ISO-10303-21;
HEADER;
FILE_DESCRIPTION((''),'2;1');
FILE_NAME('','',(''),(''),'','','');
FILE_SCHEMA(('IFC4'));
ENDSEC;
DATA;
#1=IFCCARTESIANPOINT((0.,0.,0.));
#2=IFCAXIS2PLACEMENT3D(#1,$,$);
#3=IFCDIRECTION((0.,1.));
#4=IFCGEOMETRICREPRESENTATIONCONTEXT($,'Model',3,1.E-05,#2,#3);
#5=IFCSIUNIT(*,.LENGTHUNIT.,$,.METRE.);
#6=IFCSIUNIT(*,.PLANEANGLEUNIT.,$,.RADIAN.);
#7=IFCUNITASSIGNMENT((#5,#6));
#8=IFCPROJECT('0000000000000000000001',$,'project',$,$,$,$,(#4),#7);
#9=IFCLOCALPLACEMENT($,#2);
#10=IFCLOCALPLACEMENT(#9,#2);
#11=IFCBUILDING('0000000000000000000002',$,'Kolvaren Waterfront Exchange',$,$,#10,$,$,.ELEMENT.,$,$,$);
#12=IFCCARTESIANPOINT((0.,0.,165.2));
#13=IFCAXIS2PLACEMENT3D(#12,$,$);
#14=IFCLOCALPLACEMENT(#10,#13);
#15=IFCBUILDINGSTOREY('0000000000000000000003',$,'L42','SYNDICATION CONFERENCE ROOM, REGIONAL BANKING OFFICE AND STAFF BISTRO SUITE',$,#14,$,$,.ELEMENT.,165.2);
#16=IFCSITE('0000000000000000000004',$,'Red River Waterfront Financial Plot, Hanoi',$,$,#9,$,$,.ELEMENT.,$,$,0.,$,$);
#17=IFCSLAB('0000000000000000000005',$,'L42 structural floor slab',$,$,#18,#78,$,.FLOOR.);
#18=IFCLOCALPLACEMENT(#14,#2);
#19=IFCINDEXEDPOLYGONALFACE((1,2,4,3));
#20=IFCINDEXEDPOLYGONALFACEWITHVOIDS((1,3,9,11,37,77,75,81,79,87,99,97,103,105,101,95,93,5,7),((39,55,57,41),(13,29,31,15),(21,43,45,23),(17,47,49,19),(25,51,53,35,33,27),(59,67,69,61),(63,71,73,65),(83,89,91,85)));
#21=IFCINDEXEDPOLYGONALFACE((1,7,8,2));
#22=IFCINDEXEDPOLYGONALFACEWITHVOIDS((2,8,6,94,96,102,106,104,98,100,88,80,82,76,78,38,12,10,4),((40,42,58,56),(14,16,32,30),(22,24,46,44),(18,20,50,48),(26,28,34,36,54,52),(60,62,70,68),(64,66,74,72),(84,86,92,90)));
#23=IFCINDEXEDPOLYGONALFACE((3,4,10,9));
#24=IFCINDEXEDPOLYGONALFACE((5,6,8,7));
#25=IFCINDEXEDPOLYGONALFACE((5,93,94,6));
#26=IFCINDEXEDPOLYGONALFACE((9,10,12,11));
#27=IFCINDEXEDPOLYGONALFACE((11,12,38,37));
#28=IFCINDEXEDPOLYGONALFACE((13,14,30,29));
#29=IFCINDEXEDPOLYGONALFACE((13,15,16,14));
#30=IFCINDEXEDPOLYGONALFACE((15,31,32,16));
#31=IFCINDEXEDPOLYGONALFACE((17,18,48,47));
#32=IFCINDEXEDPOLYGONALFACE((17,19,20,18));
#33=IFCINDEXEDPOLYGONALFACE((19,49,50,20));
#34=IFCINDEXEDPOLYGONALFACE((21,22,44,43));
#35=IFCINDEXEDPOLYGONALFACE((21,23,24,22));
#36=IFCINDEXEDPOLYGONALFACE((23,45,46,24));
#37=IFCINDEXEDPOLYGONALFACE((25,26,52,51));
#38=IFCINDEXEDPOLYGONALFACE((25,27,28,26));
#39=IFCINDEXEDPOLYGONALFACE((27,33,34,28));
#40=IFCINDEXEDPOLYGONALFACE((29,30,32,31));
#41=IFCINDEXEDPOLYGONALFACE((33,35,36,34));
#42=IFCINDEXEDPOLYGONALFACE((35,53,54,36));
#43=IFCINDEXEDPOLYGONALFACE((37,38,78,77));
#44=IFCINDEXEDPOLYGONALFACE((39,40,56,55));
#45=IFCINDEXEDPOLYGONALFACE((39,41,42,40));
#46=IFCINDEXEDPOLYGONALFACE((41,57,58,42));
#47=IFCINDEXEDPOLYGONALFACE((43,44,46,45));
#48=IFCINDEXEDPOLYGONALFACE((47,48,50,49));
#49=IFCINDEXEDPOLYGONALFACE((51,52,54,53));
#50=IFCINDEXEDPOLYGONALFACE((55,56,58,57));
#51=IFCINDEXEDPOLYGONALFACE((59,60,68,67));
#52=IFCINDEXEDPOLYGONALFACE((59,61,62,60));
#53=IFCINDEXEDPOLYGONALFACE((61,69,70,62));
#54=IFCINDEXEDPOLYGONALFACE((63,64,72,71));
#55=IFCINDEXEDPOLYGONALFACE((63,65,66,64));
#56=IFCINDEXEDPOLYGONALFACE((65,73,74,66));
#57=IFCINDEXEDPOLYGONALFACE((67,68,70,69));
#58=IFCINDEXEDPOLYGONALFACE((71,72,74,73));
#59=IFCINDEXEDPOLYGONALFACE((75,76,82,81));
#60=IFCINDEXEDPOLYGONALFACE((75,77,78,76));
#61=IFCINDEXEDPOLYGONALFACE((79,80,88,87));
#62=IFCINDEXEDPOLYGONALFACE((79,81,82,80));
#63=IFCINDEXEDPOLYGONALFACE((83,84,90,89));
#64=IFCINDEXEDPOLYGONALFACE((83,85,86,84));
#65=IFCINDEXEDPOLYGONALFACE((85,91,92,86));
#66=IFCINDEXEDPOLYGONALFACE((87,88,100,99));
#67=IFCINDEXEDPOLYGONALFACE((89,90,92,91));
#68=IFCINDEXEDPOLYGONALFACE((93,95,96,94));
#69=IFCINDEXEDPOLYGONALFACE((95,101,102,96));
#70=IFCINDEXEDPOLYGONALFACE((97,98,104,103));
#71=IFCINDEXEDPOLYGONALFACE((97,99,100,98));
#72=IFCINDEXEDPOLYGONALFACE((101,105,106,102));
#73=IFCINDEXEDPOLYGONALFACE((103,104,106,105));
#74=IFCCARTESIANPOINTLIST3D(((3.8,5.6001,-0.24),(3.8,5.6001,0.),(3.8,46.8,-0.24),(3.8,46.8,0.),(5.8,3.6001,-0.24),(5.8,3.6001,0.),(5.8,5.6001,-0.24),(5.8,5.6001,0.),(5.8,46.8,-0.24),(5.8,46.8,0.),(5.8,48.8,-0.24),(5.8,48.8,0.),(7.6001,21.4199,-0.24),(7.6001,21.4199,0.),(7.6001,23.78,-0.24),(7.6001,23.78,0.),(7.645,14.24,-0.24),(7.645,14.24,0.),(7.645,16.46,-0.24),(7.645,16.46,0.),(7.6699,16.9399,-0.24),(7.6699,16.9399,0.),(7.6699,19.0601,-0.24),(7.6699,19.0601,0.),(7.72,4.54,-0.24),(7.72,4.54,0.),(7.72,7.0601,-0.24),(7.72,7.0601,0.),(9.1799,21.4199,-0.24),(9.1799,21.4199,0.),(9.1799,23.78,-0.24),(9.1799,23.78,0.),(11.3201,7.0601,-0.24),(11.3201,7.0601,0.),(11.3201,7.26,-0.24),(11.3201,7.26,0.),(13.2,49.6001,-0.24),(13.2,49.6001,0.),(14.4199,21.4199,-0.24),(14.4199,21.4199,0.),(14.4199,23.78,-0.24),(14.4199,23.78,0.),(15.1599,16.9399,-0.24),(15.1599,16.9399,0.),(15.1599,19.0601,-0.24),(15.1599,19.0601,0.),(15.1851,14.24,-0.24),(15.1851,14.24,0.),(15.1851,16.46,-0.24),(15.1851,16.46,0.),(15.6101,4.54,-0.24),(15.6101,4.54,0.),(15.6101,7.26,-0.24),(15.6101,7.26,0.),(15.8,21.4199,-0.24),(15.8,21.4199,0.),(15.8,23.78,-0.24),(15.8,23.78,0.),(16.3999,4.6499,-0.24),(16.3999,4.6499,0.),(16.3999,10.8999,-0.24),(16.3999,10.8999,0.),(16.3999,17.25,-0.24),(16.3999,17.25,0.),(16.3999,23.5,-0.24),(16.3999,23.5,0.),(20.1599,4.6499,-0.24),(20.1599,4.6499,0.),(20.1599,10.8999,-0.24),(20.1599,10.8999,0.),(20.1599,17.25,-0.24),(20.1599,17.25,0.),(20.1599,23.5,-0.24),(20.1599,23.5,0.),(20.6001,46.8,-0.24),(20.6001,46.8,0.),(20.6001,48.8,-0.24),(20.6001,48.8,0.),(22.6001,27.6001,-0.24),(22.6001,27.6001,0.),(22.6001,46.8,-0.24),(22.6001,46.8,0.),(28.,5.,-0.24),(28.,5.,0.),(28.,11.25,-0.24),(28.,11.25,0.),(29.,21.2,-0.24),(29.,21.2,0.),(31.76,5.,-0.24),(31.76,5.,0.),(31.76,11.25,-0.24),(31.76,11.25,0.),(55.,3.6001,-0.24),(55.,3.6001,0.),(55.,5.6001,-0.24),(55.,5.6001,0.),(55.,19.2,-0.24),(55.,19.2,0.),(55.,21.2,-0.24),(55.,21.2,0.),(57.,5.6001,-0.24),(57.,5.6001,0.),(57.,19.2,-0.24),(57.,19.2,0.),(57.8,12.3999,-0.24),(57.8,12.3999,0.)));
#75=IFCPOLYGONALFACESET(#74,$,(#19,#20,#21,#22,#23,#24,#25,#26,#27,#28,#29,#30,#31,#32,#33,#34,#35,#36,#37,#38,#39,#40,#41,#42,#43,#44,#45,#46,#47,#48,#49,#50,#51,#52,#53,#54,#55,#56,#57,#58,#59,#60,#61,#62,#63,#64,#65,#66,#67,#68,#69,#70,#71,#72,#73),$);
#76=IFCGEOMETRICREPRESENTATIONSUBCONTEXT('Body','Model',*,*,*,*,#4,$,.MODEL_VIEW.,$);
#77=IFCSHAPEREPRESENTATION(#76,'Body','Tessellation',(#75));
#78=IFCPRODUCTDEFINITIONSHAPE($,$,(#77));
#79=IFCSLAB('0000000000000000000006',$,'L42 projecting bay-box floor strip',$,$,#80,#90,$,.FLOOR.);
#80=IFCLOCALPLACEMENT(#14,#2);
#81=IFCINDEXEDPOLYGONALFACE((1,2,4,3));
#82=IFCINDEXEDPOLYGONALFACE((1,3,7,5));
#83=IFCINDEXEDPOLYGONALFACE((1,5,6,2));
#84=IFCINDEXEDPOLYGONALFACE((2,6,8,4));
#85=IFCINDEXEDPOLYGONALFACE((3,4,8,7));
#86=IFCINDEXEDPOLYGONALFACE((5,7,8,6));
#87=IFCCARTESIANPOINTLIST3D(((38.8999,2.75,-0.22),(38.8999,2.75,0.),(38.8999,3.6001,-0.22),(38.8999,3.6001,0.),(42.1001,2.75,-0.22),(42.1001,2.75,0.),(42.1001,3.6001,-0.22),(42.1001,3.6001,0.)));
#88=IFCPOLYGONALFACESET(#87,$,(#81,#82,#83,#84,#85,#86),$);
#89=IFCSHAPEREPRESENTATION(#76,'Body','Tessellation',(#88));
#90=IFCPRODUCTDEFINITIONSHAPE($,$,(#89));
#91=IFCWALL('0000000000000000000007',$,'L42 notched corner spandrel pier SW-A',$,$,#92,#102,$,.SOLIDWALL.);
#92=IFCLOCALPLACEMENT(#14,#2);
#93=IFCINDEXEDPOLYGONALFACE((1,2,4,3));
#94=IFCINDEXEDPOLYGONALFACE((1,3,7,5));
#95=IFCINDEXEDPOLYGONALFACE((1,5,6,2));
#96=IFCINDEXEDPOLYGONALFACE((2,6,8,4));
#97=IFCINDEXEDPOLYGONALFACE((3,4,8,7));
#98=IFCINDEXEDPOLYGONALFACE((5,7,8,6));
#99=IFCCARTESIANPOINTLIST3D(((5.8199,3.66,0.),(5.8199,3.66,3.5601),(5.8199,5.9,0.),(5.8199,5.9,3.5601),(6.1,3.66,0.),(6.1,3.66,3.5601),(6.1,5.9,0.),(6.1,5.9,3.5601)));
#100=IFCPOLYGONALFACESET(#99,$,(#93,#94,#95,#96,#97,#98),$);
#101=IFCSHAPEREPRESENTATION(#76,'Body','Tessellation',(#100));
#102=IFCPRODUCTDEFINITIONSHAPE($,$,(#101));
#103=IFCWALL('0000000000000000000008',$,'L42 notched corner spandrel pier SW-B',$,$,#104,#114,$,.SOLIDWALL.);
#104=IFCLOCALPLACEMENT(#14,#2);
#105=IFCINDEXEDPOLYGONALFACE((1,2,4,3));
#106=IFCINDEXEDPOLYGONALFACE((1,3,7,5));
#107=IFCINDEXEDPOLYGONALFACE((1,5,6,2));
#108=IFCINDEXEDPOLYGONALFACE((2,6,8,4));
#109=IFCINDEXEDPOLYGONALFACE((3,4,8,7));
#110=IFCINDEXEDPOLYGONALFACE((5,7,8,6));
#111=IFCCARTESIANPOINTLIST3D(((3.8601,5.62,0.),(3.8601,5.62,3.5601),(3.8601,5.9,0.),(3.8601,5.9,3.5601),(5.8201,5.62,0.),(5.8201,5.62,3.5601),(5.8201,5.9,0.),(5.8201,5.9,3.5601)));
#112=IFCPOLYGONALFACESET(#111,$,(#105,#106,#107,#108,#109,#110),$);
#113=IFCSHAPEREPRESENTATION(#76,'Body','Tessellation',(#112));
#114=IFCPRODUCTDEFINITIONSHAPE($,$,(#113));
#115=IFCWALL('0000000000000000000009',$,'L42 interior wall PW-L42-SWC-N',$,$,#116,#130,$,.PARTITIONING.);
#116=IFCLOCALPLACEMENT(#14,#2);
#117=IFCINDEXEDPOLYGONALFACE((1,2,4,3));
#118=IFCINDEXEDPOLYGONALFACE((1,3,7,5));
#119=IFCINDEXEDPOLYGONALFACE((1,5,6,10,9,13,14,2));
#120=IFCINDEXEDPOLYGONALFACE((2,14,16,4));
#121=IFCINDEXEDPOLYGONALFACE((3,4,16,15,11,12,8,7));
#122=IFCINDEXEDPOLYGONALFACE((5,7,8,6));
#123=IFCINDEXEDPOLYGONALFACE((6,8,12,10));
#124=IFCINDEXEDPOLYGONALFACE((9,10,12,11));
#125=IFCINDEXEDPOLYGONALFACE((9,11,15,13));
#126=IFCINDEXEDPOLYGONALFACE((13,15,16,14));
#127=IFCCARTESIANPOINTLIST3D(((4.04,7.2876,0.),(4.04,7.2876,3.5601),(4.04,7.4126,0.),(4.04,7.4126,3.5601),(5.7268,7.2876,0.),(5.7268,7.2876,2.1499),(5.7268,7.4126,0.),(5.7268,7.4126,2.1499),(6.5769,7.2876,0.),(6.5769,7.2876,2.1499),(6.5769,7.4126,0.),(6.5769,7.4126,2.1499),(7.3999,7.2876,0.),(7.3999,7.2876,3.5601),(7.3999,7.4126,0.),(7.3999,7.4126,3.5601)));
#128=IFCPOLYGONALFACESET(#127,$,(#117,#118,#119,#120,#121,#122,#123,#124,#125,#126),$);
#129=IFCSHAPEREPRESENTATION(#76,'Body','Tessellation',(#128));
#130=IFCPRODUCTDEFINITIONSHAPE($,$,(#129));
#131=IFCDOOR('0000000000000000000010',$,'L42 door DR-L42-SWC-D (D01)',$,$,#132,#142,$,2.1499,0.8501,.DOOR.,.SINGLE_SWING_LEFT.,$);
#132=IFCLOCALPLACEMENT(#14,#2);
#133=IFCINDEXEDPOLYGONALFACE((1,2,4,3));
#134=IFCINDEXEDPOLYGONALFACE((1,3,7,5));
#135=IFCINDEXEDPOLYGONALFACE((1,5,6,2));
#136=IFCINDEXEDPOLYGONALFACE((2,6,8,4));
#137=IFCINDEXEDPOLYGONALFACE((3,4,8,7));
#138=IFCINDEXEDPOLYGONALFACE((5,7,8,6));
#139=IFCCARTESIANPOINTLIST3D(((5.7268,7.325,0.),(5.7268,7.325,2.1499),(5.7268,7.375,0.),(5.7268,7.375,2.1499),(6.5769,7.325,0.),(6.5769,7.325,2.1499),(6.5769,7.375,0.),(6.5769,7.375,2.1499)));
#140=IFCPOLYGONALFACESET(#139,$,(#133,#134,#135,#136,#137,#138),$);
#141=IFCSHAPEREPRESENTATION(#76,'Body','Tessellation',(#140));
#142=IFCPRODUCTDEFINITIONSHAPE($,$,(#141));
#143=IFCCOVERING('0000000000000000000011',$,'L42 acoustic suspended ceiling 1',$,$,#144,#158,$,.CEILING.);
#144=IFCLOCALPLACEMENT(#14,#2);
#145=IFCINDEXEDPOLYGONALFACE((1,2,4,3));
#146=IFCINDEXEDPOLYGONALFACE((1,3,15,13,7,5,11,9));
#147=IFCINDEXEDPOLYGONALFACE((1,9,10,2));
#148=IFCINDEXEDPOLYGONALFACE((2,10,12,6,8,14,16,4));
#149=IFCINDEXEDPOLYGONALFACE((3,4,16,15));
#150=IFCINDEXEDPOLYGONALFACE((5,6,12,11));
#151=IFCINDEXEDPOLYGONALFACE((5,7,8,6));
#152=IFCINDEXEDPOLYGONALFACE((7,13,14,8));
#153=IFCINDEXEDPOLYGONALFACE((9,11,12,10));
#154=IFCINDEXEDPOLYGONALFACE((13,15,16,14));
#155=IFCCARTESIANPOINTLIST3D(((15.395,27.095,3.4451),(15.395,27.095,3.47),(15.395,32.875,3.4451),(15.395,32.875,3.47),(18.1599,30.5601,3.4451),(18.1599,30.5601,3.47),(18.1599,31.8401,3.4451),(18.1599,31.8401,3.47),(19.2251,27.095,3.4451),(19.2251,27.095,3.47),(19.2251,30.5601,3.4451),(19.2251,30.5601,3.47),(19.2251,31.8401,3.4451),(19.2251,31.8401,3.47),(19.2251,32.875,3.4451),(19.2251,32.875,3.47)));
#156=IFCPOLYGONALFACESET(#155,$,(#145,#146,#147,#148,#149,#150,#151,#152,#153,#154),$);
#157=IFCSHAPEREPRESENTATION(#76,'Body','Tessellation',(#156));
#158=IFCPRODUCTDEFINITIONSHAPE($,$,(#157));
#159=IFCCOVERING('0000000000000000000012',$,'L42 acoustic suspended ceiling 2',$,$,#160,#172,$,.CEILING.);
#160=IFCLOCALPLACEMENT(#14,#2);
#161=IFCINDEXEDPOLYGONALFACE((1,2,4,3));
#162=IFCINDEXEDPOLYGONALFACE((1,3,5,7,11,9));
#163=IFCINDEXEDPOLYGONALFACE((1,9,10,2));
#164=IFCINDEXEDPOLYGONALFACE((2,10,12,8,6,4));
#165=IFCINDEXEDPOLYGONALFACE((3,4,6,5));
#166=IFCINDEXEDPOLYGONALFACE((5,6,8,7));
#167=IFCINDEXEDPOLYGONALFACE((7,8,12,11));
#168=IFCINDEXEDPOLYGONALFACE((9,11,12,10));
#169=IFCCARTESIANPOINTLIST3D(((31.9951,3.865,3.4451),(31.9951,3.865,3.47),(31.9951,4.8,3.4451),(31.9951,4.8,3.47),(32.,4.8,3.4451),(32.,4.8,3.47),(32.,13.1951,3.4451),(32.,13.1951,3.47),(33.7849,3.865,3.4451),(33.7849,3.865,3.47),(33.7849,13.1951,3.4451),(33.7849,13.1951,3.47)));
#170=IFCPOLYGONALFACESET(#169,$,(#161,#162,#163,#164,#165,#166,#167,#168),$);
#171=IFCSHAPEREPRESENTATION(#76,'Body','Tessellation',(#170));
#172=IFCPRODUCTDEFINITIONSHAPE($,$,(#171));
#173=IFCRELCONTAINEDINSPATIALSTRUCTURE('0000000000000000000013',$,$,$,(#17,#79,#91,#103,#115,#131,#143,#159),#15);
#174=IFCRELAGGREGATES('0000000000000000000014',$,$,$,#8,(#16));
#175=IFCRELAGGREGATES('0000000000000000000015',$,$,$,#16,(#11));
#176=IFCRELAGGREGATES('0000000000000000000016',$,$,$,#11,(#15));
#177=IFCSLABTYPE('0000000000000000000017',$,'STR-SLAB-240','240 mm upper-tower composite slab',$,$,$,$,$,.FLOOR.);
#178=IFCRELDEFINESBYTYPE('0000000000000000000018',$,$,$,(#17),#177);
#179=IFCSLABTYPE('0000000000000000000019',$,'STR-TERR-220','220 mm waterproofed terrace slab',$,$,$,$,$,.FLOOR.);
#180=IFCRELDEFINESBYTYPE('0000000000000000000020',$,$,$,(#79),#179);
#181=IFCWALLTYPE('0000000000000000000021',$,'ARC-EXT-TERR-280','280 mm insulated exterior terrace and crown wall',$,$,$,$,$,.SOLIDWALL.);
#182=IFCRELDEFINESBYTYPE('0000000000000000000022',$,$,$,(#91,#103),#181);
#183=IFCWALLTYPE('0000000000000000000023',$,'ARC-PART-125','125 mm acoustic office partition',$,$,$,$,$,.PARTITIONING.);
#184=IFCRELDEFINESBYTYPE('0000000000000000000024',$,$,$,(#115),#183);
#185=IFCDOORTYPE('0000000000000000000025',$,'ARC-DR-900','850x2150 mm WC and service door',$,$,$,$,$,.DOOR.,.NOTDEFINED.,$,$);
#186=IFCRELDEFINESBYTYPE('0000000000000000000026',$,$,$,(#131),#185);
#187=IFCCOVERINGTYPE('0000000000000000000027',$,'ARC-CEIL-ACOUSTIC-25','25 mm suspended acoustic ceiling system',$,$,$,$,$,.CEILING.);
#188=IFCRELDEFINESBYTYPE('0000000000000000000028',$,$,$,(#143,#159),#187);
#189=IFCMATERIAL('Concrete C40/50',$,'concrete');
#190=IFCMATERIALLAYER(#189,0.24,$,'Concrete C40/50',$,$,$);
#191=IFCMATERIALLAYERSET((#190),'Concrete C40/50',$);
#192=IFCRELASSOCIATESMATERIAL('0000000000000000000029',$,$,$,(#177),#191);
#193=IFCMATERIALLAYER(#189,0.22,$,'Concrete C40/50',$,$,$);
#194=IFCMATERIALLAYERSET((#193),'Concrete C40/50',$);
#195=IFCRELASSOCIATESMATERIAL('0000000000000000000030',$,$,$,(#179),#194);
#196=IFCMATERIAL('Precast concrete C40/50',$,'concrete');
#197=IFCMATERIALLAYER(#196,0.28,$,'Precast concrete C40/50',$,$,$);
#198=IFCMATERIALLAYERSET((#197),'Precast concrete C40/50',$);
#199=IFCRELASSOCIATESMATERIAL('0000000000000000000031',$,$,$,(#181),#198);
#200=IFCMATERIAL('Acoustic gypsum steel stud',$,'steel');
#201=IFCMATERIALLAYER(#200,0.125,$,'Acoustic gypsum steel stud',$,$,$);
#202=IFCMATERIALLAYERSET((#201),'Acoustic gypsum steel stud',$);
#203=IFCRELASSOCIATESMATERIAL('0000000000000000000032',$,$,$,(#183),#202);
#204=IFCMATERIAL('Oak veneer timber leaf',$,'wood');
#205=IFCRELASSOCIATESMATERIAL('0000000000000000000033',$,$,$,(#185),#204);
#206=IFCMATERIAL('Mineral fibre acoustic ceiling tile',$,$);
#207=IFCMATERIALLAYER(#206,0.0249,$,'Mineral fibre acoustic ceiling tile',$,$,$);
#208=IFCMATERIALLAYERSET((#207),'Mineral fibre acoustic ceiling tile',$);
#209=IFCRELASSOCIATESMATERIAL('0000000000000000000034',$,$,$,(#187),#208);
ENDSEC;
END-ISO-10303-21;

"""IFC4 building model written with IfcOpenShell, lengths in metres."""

from ifc_helpers import new_model, si_unit, direction, frame, frame_2d, origin, place, context, subcontext, project, spatial, polyline, rectangle, outline, extrude, material, layer, layer_set, type_object, element, fill, save


model = new_model("IFC4")

# Units and contexts
model_context = context("Model", 3, precision=1e-05, world=origin(), true_north=direction((0.0, 1.0)))
body_context = subcontext(model_context, "Body", "Model", "MODEL_VIEW")
ifc_project = project(units=[si_unit("LENGTHUNIT", "METRE"), si_unit("PLANEANGLEUNIT", "RADIAN")], contexts=[model_context])

# Site, building, storey
site_placement = place(None, origin())
site = spatial("IfcSite", under=ifc_project, at=site_placement, Name="Red River Waterfront Financial Plot, Hanoi", CompositionType="ELEMENT", RefElevation=0.0)
building_placement = place(site_placement, origin())
building = spatial("IfcBuilding", under=site, at=building_placement, Name="Kolvaren Waterfront Exchange", CompositionType="ELEMENT")
storey_placement = place(building_placement, frame((0.0, 0.0, 165.2)))
storey = spatial("IfcBuildingStorey", under=building, at=storey_placement, Name="L42", Description="SYNDICATION CONFERENCE ROOM, REGIONAL BANKING OFFICE AND STAFF BISTRO SUITE", CompositionType="ELEMENT", Elevation=165.2)

# Shared definitions
ifc_material_1 = material(Name="Concrete C40/50", Category="concrete")

# Slabs
ifc_layer_1 = layer(ifc_material_1, 0.24, Name="Concrete C40/50")
ifc_layer_set_1 = layer_set([ifc_layer_1], Name="Concrete C40/50")
slab_type_1 = type_object("IfcSlabType", Name="STR-SLAB-240", Description="240 mm upper-tower composite slab", PredefinedType="FLOOR", material=ifc_layer_set_1)
slab_1_placement = place(storey_placement, frame((0.0, 0.0, -0.24)))
element("IfcSlab", 1, at=slab_1_placement, inside=storey, type_object=slab_type_1, Name="L42 structural floor slab", PredefinedType="FLOOR", context=body_context, shape_type="SweptSolid", body=[
    extrude(outline(polyline([(5.8, 3.6001), (55.0, 3.6001), (55.0, 5.6001), (57.0, 5.6001), (57.8, 12.3999), (57.0, 19.2), (55.0, 19.2), (55.0, 21.2), (29.0, 21.2), (22.6001, 27.6001), (22.6001, 46.8), (20.6001, 46.8), (20.6001, 48.8), (13.2, 49.6001), (5.8, 48.8), (5.8, 46.8), (3.8, 46.8), (3.8, 5.6001), (5.8, 5.6001), (5.8, 3.6001)]), holes=[polyline([(11.3201, 7.26), (15.6101, 7.26), (15.6101, 4.54), (7.72, 4.54), (7.72, 7.0601), (11.3201, 7.0601), (11.3201, 7.26)]), polyline([(20.1599, 10.8999), (20.1599, 4.6499), (16.3999, 4.6499), (16.3999, 10.8999), (20.1599, 10.8999)]), polyline([(31.76, 11.25), (31.76, 5.0), (28.0, 5.0), (28.0, 11.25), (31.76, 11.25)]), polyline([(15.1851, 14.24), (7.645, 14.24), (7.645, 16.46), (15.1851, 16.46), (15.1851, 14.24)]), polyline([(15.1599, 16.9399), (7.6699, 16.9399), (7.6699, 19.0601), (15.1599, 19.0601), (15.1599, 16.9399)]), polyline([(16.3999, 23.5), (20.1599, 23.5), (20.1599, 17.25), (16.3999, 17.25), (16.3999, 23.5)]), polyline([(7.6001, 23.78), (9.1799, 23.78), (9.1799, 21.4199), (7.6001, 21.4199), (7.6001, 23.78)]), polyline([(15.8, 23.78), (15.8, 21.4199), (14.4199, 21.4199), (14.4199, 23.78), (15.8, 23.78)])]), origin(), (0.0, 0.0, 1.0), 0.24),
])
ifc_layer_2 = layer(ifc_material_1, 0.22, Name="Concrete C40/50")
ifc_layer_set_2 = layer_set([ifc_layer_2], Name="Concrete C40/50")
slab_type_2 = type_object("IfcSlabType", Name="STR-TERR-220", Description="220 mm waterproofed terrace slab", PredefinedType="FLOOR", material=ifc_layer_set_2)
slab_2_placement = place(storey_placement, frame((0.0, 0.0, -0.22)))
element("IfcSlab", 2, at=slab_2_placement, inside=storey, type_object=slab_type_2, Name="L42 projecting bay-box floor strip", PredefinedType="FLOOR", context=body_context, shape_type="SweptSolid", body=[
    extrude(outline(polyline([(38.8999, 2.75), (42.1001, 2.75), (42.1001, 3.6001), (38.8999, 3.6001), (38.8999, 2.75)])), origin(), (0.0, 0.0, 1.0), 0.22),
])

# Walls
ifc_material_2 = material(Name="Precast concrete C40/50", Category="concrete")
ifc_layer_3 = layer(ifc_material_2, 0.28, Name="Precast concrete C40/50")
ifc_layer_set_3 = layer_set([ifc_layer_3], Name="Precast concrete C40/50")
wall_type_1 = type_object("IfcWallType", Name="ARC-EXT-TERR-280", Description="280 mm insulated exterior terrace and crown wall", PredefinedType="SOLIDWALL", material=ifc_layer_set_3)
wall_1_placement = place(storey_placement, frame((5.96, 3.6599, 0.0), z_axis=(0.0, 0.0, 1.0), x_axis=(0.0, 1.0, 0.0)))
element("IfcWall", 3, at=wall_1_placement, inside=storey, type_object=wall_type_1, Name="L42 notched corner spandrel pier SW-A", PredefinedType="SOLIDWALL", context=body_context, shape_type="SweptSolid", body=[
    extrude(rectangle(XDim=2.24, YDim=0.28, at=frame_2d((1.1201, 0.0))), origin(), (0.0, 0.0, 1.0), 3.5601),
])
wall_2_placement = place(storey_placement, frame((3.8601, 5.76, 0.0), z_axis=(0.0, 0.0, 1.0), x_axis=(1.0, 0.0, 0.0)))
element("IfcWall", 4, at=wall_2_placement, inside=storey, type_object=wall_type_1, Name="L42 notched corner spandrel pier SW-B", PredefinedType="SOLIDWALL", context=body_context, shape_type="SweptSolid", body=[
    extrude(rectangle(XDim=1.96, YDim=0.28, at=frame_2d((0.98, 0.0))), origin(), (0.0, 0.0, 1.0), 3.5601),
])

# Wall, opening, door
ifc_material_3 = material(Name="Acoustic gypsum steel stud", Category="steel")
ifc_layer_4 = layer(ifc_material_3, 0.125, Name="Acoustic gypsum steel stud")
ifc_layer_set_4 = layer_set([ifc_layer_4], Name="Acoustic gypsum steel stud")
wall_type_2 = type_object("IfcWallType", Name="ARC-PART-125", Description="125 mm acoustic office partition", PredefinedType="PARTITIONING", material=ifc_layer_set_4)
wall_3_placement = place(storey_placement, frame((4.04, 7.3501, 0.0), z_axis=(0.0, 0.0, 1.0), x_axis=(1.0, 0.0, 0.0)))
wall_3 = element("IfcWall", 5, at=wall_3_placement, inside=storey, type_object=wall_type_2, Name="L42 interior wall PW-L42-SWC-N", PredefinedType="PARTITIONING", context=body_context, shape_type="SweptSolid", body=[
    extrude(rectangle(XDim=3.3599, YDim=0.125, at=frame_2d((1.6799, 0.0))), origin(), (0.0, 0.0, 1.0), 3.5601),
])
opening_placement = place(wall_3_placement, frame((1.6868, 0.0, 0.0)))
opening = element("IfcOpeningElement", 6, at=opening_placement, cuts=wall_3, PredefinedType="OPENING", context=body_context, shape_type="SweptSolid", body=[
    extrude(rectangle(XDim=0.8501, YDim=2.1499, at=frame_2d((0.425, 1.075))), frame((0.0, 0.0725, 0.0), z_axis=(0.0, -1.0, 0.0), x_axis=(1.0, 0.0, 0.0)), (0.0, 0.0, 1.0), 0.145),
])
ifc_material_4 = material(Name="Oak veneer timber leaf", Category="wood")
door_type = type_object("IfcDoorType", Name="ARC-DR-900", Description="850x2150 mm WC and service door", OperationType="NOTDEFINED", PredefinedType="DOOR", material=ifc_material_4)
door_placement = place(opening_placement, origin())
door = element("IfcDoor", 7, at=door_placement, inside=storey, type_object=door_type, Name="L42 door DR-L42-SWC-D (D01)", OperationType="SINGLE_SWING_LEFT", OverallHeight=2.1499, OverallWidth=0.8501, PredefinedType="DOOR", context=body_context, shape_type="SweptSolid", body=[
    extrude(rectangle(XDim=0.8501, YDim=2.1499, at=frame_2d((0.425, 1.075))), frame((0.0, 0.0249, 0.0), z_axis=(0.0, -1.0, 0.0), x_axis=(1.0, 0.0, 0.0)), (0.0, 0.0, 1.0), 0.05),
])
fill(opening, door)

# Coverings
ifc_material_5 = material(Name="Mineral fibre acoustic ceiling tile")
ifc_layer_5 = layer(ifc_material_5, 0.0249, Name="Mineral fibre acoustic ceiling tile")
ifc_layer_set_5 = layer_set([ifc_layer_5], Name="Mineral fibre acoustic ceiling tile")
covering_type_1 = type_object("IfcCoveringType", Name="ARC-CEIL-ACOUSTIC-25", Description="25 mm suspended acoustic ceiling system", PredefinedType="CEILING", material=ifc_layer_set_5)
covering_1_placement = place(storey_placement, frame((0.0, 0.0, 3.4451)))
element("IfcCovering", 8, at=covering_1_placement, inside=storey, type_object=covering_type_1, Name="L42 acoustic suspended ceiling 1", PredefinedType="CEILING", context=body_context, shape_type="SweptSolid", body=[
    extrude(outline(polyline([(19.2251, 30.5601), (18.1599, 30.5601), (18.1599, 31.8401), (19.2251, 31.8401), (19.2251, 32.875), (15.395, 32.875), (15.395, 27.095), (19.2251, 27.095), (19.2251, 30.5601)])), origin(), (0.0, 0.0, 1.0), 0.0249),
])
covering_2_placement = place(storey_placement, frame((0.0, 0.0, 3.4451)))
element("IfcCovering", 9, at=covering_2_placement, inside=storey, type_object=covering_type_1, Name="L42 acoustic suspended ceiling 2", PredefinedType="CEILING", context=body_context, shape_type="SweptSolid", body=[
    extrude(outline(polyline([(33.7849, 3.865), (33.7849, 13.1951), (32.0, 13.1951), (32.0, 4.8), (31.9951, 4.8), (31.9951, 3.865), (33.7849, 3.865)])), origin(), (0.0, 0.0, 1.0), 0.0249),
])

save(model, "model.ifc")
